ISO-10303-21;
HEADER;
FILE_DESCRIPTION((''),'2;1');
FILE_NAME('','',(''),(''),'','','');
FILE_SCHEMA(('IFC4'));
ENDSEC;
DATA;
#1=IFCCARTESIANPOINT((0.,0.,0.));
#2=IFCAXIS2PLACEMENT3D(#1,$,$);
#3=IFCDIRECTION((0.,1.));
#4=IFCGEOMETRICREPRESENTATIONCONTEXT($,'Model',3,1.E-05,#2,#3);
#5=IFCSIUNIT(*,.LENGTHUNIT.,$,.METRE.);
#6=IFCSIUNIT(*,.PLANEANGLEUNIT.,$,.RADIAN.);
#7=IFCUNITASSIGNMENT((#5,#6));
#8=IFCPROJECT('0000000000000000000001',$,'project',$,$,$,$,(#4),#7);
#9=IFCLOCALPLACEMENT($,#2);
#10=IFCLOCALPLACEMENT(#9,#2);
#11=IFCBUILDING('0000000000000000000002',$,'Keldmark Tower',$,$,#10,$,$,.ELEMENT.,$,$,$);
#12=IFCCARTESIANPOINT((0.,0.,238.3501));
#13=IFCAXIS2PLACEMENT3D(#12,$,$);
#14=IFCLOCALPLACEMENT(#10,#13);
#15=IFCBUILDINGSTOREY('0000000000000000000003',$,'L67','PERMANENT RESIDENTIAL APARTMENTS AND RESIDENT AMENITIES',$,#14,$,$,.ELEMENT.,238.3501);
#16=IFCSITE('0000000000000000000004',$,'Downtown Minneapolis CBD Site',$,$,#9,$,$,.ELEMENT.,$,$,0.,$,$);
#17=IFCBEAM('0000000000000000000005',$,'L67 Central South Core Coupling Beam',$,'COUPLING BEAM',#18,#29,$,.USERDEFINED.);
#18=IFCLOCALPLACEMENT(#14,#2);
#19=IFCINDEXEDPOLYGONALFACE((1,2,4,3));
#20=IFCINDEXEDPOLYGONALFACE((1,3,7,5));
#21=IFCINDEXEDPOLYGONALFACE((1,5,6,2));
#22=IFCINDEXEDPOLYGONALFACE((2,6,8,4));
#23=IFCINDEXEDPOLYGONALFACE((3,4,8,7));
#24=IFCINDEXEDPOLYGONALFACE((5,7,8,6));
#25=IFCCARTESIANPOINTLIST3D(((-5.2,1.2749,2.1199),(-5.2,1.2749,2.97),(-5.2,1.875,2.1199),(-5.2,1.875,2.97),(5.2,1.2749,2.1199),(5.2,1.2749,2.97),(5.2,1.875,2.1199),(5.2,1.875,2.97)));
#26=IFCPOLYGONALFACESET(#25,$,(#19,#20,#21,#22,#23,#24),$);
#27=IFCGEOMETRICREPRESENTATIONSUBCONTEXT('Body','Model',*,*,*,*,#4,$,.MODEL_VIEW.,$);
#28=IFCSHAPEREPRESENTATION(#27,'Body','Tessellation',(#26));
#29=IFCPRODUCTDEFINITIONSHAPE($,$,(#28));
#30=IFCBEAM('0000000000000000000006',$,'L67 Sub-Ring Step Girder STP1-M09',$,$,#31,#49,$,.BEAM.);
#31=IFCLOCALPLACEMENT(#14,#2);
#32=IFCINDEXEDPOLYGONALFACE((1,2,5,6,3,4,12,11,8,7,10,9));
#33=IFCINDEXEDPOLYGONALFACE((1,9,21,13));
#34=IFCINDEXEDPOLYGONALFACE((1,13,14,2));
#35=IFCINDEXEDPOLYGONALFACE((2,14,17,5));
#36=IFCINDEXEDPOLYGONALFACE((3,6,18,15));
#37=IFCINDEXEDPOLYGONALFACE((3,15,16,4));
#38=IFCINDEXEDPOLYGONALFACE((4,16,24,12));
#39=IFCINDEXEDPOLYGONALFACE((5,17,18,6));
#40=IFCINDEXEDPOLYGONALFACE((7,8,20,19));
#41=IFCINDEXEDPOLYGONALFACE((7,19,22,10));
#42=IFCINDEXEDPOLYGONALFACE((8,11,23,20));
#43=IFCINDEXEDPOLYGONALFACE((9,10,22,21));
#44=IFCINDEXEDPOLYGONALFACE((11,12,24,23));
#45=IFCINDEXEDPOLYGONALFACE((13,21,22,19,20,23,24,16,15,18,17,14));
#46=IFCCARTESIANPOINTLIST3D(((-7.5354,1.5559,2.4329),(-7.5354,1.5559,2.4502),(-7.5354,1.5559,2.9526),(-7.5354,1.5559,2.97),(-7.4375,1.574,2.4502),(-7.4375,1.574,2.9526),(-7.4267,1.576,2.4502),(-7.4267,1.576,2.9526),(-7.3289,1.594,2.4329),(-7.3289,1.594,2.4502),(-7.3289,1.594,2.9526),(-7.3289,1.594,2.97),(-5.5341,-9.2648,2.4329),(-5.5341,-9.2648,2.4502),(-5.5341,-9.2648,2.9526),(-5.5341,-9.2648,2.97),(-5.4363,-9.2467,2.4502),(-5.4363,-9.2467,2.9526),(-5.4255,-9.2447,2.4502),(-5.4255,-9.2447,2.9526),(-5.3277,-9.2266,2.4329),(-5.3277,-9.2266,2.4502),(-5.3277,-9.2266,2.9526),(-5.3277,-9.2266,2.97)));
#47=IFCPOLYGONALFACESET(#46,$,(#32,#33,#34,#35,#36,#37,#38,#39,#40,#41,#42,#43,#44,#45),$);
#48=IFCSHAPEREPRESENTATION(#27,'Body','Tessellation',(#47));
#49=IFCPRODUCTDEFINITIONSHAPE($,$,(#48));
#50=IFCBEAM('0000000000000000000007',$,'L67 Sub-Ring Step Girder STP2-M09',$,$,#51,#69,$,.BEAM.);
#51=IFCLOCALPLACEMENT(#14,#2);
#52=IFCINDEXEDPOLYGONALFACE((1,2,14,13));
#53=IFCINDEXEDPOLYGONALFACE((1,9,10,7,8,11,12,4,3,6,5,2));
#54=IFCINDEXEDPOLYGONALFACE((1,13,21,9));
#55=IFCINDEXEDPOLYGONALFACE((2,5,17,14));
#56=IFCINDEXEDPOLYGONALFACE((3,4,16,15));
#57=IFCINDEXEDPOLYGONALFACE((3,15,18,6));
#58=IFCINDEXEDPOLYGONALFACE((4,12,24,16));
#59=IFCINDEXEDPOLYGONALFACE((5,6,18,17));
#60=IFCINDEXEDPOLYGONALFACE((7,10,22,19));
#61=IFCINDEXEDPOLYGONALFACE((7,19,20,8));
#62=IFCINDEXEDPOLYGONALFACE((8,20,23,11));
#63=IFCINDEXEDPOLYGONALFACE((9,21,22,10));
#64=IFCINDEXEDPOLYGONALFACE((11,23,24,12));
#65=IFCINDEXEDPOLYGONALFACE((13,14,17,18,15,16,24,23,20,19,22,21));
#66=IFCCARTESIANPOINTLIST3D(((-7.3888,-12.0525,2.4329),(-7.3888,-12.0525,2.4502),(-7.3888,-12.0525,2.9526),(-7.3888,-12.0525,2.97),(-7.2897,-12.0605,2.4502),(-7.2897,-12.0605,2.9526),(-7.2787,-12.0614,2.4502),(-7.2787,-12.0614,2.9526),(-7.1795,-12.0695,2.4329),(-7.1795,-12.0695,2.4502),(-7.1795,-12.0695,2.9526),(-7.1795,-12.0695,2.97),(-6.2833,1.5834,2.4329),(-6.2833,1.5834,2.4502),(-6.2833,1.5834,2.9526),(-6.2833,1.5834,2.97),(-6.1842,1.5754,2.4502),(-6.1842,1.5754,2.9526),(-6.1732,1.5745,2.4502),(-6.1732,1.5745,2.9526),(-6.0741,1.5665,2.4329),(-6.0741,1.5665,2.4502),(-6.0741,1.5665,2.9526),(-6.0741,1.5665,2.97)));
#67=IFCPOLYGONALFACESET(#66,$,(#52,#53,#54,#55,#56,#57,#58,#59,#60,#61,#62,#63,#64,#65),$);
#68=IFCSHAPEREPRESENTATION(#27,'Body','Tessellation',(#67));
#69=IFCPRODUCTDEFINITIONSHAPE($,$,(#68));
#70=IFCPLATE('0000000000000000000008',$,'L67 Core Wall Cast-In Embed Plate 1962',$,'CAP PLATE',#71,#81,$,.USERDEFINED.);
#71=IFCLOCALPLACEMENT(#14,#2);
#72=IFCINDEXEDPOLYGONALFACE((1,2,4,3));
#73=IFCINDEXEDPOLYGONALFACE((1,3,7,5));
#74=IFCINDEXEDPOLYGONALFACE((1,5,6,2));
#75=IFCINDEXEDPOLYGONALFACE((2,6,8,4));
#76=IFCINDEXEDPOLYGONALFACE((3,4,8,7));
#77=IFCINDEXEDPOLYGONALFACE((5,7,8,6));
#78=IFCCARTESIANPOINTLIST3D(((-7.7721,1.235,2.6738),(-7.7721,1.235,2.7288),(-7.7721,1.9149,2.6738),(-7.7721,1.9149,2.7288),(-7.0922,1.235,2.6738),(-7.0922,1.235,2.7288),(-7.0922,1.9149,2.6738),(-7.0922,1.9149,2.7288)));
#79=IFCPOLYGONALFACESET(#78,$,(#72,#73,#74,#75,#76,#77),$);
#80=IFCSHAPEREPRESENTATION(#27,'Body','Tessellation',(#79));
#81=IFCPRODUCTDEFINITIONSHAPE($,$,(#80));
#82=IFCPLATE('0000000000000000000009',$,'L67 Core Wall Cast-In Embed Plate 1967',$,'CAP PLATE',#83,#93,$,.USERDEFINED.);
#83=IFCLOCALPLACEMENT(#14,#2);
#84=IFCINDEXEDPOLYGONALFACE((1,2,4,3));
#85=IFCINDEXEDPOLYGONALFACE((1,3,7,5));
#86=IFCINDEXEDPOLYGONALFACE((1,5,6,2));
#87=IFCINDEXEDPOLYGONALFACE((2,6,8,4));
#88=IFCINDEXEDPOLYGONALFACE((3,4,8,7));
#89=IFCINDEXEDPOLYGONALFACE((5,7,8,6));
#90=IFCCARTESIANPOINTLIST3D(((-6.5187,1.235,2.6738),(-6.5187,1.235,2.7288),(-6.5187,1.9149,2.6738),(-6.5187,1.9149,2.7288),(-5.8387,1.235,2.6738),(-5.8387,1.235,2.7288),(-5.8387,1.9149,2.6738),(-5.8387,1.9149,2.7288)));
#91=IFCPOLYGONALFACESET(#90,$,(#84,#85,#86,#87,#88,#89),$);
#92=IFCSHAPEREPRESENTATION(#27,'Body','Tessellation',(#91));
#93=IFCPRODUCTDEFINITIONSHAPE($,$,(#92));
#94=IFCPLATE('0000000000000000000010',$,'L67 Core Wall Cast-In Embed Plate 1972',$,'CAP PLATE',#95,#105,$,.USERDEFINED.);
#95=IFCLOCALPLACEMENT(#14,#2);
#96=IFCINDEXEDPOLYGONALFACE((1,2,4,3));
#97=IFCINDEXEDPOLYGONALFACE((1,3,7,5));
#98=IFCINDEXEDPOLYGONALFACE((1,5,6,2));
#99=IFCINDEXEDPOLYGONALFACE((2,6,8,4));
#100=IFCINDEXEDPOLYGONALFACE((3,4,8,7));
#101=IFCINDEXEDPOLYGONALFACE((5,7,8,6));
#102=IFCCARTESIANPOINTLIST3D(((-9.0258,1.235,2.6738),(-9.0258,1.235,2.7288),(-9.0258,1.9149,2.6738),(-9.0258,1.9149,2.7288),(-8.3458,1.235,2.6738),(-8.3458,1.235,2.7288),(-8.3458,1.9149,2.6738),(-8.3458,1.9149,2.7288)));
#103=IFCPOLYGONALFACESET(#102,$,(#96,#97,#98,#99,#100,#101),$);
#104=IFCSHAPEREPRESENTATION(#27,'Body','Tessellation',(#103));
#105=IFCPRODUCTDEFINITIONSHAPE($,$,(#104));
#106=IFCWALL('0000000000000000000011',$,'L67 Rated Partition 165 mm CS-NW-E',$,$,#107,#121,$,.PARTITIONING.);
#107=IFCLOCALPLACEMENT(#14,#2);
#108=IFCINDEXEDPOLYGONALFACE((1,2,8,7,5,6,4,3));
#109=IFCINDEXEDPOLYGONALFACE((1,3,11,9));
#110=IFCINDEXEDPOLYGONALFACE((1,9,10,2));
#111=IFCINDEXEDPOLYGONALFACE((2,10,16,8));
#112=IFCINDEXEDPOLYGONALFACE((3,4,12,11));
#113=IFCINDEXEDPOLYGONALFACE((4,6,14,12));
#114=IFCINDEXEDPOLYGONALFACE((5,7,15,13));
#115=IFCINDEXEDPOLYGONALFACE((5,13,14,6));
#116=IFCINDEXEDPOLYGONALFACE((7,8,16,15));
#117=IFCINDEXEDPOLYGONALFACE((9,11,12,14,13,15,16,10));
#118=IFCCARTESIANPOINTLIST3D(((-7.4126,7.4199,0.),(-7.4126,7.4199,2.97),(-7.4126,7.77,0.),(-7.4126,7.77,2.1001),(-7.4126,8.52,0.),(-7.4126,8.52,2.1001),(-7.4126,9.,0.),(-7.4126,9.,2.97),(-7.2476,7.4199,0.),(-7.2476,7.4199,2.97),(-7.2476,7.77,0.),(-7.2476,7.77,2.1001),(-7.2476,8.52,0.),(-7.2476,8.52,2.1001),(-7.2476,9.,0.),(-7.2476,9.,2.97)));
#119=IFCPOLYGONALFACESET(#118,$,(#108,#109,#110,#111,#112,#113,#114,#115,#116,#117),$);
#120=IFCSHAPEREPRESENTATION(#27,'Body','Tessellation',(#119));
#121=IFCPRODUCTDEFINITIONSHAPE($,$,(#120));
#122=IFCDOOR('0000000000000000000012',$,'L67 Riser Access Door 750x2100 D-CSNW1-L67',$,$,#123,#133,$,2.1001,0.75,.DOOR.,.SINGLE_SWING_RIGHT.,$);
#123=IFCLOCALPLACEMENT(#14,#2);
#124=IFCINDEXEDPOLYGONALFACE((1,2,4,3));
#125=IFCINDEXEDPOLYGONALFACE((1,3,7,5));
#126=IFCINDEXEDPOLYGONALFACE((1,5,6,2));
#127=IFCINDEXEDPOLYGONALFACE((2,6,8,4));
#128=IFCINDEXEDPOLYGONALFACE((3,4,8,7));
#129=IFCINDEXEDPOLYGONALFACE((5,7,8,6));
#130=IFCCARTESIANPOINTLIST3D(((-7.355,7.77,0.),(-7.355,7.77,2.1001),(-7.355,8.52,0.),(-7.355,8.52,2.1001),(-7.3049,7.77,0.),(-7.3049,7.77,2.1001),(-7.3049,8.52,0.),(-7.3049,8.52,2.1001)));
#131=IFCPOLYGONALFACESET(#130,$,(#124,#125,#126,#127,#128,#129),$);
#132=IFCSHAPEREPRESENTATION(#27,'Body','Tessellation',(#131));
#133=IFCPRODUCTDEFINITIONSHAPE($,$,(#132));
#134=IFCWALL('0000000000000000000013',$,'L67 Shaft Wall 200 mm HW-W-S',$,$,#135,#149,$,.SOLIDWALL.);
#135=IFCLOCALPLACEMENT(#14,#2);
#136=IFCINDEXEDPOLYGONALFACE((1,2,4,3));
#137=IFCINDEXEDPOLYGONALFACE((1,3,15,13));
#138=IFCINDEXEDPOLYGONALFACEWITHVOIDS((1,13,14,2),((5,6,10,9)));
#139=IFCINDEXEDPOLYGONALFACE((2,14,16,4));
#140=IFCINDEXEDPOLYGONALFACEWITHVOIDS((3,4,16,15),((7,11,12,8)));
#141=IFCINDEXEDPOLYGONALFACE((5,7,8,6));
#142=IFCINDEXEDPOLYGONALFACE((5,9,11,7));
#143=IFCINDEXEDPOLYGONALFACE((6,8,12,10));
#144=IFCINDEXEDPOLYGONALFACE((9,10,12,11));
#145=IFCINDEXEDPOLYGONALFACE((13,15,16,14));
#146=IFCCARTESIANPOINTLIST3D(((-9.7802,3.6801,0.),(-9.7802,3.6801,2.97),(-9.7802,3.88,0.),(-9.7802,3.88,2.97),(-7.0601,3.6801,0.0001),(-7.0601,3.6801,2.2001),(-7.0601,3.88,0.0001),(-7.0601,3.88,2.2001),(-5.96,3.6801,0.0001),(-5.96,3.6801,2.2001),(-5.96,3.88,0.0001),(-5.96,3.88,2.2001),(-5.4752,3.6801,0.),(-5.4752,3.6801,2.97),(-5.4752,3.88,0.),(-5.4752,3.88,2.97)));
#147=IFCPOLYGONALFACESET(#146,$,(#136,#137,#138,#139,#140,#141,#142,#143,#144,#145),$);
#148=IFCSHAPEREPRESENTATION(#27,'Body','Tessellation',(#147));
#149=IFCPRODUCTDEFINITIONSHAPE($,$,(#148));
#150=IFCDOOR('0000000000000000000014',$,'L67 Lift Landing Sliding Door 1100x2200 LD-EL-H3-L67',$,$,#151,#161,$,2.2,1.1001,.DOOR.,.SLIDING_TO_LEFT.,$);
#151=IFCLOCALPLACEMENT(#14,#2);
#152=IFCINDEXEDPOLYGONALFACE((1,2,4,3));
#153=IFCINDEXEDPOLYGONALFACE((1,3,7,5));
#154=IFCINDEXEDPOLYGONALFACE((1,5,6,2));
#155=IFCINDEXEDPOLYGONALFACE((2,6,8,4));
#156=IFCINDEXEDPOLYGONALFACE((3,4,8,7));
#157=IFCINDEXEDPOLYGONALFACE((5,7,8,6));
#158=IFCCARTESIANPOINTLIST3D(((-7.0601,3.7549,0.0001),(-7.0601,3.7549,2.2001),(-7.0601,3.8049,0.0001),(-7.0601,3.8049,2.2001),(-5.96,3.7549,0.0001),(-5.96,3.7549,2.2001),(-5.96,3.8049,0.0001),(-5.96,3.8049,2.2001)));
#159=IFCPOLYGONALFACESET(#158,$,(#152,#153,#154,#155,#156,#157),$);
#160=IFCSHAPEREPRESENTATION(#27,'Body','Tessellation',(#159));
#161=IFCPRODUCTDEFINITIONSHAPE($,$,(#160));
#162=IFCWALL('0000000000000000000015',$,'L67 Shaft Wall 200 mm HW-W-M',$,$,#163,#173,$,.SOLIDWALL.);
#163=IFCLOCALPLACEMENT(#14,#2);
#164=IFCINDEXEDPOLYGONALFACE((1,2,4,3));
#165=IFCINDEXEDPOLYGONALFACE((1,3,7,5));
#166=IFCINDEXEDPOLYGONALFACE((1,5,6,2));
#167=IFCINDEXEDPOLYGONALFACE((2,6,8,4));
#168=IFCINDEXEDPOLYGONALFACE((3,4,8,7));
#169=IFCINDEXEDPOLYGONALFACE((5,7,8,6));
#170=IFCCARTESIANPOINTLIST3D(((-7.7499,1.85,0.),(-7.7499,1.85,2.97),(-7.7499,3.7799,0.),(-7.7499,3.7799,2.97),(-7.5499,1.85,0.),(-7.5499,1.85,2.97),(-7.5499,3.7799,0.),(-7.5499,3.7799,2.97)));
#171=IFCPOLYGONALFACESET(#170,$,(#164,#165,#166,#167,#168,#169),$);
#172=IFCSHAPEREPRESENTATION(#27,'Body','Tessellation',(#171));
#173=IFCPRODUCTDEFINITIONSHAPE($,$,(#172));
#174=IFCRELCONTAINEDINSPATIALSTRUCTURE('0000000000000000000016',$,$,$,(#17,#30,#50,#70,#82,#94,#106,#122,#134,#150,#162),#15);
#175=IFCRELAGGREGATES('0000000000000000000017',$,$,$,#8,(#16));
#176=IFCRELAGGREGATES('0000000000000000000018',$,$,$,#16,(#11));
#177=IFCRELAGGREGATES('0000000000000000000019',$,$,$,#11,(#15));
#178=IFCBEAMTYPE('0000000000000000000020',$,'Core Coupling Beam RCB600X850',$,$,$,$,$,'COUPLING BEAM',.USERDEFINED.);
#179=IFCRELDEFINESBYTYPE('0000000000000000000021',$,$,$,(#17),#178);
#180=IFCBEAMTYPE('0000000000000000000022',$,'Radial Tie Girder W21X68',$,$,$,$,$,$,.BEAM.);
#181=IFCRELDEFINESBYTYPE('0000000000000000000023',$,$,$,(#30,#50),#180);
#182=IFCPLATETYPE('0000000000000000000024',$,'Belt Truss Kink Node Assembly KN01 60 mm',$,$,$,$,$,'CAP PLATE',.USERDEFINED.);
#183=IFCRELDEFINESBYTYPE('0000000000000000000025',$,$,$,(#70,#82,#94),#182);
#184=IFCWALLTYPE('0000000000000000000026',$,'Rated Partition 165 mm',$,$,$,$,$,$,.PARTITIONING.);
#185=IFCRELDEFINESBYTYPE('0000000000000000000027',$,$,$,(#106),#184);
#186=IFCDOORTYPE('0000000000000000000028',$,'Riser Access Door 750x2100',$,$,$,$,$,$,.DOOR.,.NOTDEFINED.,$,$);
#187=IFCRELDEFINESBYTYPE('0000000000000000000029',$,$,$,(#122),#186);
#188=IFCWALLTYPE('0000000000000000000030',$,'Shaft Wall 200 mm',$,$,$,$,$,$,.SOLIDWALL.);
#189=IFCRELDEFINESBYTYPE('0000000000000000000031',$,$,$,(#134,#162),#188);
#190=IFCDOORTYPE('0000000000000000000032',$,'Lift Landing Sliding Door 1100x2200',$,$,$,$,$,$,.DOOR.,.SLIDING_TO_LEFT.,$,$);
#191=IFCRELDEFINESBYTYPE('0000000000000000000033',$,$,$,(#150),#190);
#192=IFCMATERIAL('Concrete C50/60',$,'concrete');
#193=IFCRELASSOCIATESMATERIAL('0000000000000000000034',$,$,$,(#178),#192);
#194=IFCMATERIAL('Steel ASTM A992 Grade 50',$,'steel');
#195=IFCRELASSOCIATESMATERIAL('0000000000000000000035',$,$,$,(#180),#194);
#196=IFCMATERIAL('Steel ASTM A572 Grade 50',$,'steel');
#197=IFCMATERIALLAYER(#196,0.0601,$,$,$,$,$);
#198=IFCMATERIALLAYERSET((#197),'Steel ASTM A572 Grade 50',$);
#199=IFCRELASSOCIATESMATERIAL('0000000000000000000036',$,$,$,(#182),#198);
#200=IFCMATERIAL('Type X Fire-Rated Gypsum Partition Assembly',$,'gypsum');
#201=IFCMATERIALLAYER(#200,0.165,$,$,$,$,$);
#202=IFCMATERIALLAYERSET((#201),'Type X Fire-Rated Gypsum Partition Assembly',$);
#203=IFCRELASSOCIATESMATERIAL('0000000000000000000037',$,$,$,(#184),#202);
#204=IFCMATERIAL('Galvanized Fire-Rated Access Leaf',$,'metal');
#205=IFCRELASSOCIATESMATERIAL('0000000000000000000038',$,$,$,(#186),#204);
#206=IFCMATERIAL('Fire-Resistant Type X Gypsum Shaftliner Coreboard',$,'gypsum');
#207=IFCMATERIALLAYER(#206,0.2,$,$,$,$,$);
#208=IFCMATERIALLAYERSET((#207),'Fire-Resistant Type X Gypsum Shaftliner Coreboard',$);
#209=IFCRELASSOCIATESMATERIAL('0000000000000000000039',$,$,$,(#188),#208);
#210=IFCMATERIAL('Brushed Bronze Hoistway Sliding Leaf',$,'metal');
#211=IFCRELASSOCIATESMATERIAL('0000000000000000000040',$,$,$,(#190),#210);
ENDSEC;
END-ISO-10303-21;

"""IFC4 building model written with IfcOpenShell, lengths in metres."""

from ifc_helpers import new_model, si_unit, direction, frame, frame_2d, origin, origin_2d, place, context, subcontext, project, spatial, rectangle, i_section, extrude, material, layer, layer_set, material_profile, profile_set, type_object, element, fill, save


model = new_model("IFC4")

# Units and contexts
model_context = context("Model", 3, precision=1e-05, world=origin(), true_north=direction((0.0, 1.0)))
body_context = subcontext(model_context, "Body", "Model", "MODEL_VIEW")
ifc_project = project(units=[si_unit("LENGTHUNIT", "METRE"), si_unit("PLANEANGLEUNIT", "RADIAN")], contexts=[model_context])

# Site, building, storey
site_placement = place(None, origin())
site = spatial("IfcSite", under=ifc_project, at=site_placement, Name="Downtown Minneapolis CBD Site", CompositionType="ELEMENT", RefElevation=0.0)
building_placement = place(site_placement, origin())
building = spatial("IfcBuilding", under=site, at=building_placement, Name="Keldmark Tower", CompositionType="ELEMENT")
storey_placement = place(building_placement, frame((0.0, 0.0, 238.3501)))
storey = spatial("IfcBuildingStorey", under=building, at=storey_placement, Name="L67", Description="PERMANENT RESIDENTIAL APARTMENTS AND RESIDENT AMENITIES", CompositionType="ELEMENT", Elevation=238.3501)

# Beams
ifc_material_1 = material(Name="Concrete C50/60", Category="concrete")
ifc_material_profile_1 = material_profile(ifc_material_1, rectangle(XDim=0.6001, YDim=0.8501, at=origin_2d()), Name="RCB600X850")
ifc_profile_set_1 = profile_set([ifc_material_profile_1], Name="Concrete C50/60")
beam_type_1 = type_object("IfcBeamType", Name="Core Coupling Beam RCB600X850", ElementType="COUPLING BEAM", PredefinedType="USERDEFINED", material=ifc_profile_set_1)
beam_1_placement = place(storey_placement, frame((-5.2, 1.575, 2.5449), z_axis=(1.0, 0.0, 0.0), x_axis=(0.0, 1.0, 0.0)))
element("IfcBeam", 1, at=beam_1_placement, inside=storey, type_object=beam_type_1, Name="L67 Central South Core Coupling Beam", ObjectType="COUPLING BEAM", PredefinedType="USERDEFINED", context=body_context, shape_type="SweptSolid", body=[
    extrude(rectangle(XDim=0.6001, YDim=0.8501, at=origin_2d()), origin(), (0.0, 0.0, 1.0), 10.3999),
])
ifc_material_2 = material(Name="Steel ASTM A992 Grade 50", Category="steel")
ifc_material_profile_2 = material_profile(ifc_material_2, i_section(OverallWidth=0.21, OverallDepth=0.5371, WebThickness=0.011, FlangeThickness=0.0173, at=origin_2d()), Name="W21X68")
ifc_profile_set_2 = profile_set([ifc_material_profile_2], Name="Steel ASTM A992 Grade 50")
beam_type_2 = type_object("IfcBeamType", Name="Radial Tie Girder W21X68", PredefinedType="BEAM", material=ifc_profile_set_2)
beam_2_placement = place(storey_placement, frame((-7.4321, 1.575, 2.7014), z_axis=(0.181862, -0.983324, 0.0), x_axis=(0.983324, 0.181862, 0.0)))
element("IfcBeam", 2, at=beam_2_placement, inside=storey, type_object=beam_type_2, Name="L67 Sub-Ring Step Girder STP1-M09", PredefinedType="BEAM", context=body_context, shape_type="SweptSolid", body=[
    extrude(i_section(OverallWidth=0.21, OverallDepth=0.5371, WebThickness=0.011, FlangeThickness=0.0173, at=origin_2d()), origin(), (0.0, 0.0, 1.0), 11.0042),
])
beam_3_placement = place(storey_placement, frame((-6.1787, 1.575, 2.7014), z_axis=(-0.080805, -0.99673, 0.0), x_axis=(0.99673, -0.080805, 0.0)))
element("IfcBeam", 3, at=beam_3_placement, inside=storey, type_object=beam_type_2, Name="L67 Sub-Ring Step Girder STP2-M09", PredefinedType="BEAM", context=body_context, shape_type="SweptSolid", body=[
    extrude(i_section(OverallWidth=0.21, OverallDepth=0.5371, WebThickness=0.011, FlangeThickness=0.0173, at=origin_2d()), origin(), (0.0, 0.0, 1.0), 13.6807),
])

# Plates
ifc_material_3 = material(Name="Steel ASTM A572 Grade 50", Category="steel")
ifc_layer_1 = layer(ifc_material_3, 0.0601)
ifc_layer_set_1 = layer_set([ifc_layer_1], Name="Steel ASTM A572 Grade 50")
plate_type = type_object("IfcPlateType", Name="Belt Truss Kink Node Assembly KN01 60 mm", ElementType="CAP PLATE", PredefinedType="USERDEFINED", material=ifc_layer_set_1)
for number, where, z_axis, x_axis, name in (
    (4, (-7.4321, 1.575, 2.6738), (0.0, 0.0, 1.0), (1.0, 0.0, 0.0), "L67 Core Wall Cast-In Embed Plate 1962"),
    (5, (-6.1787, 1.575, 2.6738), (0.0, 0.0, 1.0), (1.0, 0.0, 0.0), "L67 Core Wall Cast-In Embed Plate 1967"),
    (6, (-8.6858, 1.575, 2.6738), (0.0, 0.0, 1.0), (1.0, 0.0, 0.0), "L67 Core Wall Cast-In Embed Plate 1972"),
):
    element("IfcPlate", number, at=place(storey_placement, frame(where, z_axis=z_axis, x_axis=x_axis)), inside=storey, type_object=plate_type, Name=name, ObjectType="CAP PLATE", PredefinedType="USERDEFINED", context=body_context, shape_type="SweptSolid", body=[
        extrude(rectangle(XDim=0.6799, YDim=0.6799, at=origin_2d()), origin(), (0.0, 0.0, 1.0), 0.0549),
    ])

# Walls, openings, doors
ifc_material_4 = material(Name="Type X Fire-Rated Gypsum Partition Assembly", Category="gypsum")
ifc_layer_2 = layer(ifc_material_4, 0.165)
ifc_layer_set_2 = layer_set([ifc_layer_2], Name="Type X Fire-Rated Gypsum Partition Assembly")
wall_type_1 = type_object("IfcWallType", Name="Rated Partition 165 mm", PredefinedType="PARTITIONING", material=ifc_layer_set_2)
wall_1_placement = place(storey_placement, frame((-7.3301, 7.4199, 0.0), z_axis=(0.0, 0.0, 1.0), x_axis=(0.0, 1.0, 0.0)))
wall_1 = element("IfcWall", 7, at=wall_1_placement, inside=storey, type_object=wall_type_1, Name="L67 Rated Partition 165 mm CS-NW-E", PredefinedType="PARTITIONING", context=body_context, shape_type="SweptSolid", body=[
    extrude(rectangle(XDim=1.5801, YDim=0.165, at=frame_2d((0.79, 0.0))), origin(), (0.0, 0.0, 1.0), 2.97),
])
opening_1_placement = place(wall_1_placement, frame((0.3501, 0.0, 0.0)))
opening_1 = element("IfcOpeningElement", 8, at=opening_1_placement, cuts=wall_1, PredefinedType="OPENING", context=body_context, shape_type="SweptSolid", body=[
    extrude(rectangle(XDim=0.75, YDim=2.1001, at=frame_2d((0.375, 1.05))), frame((0.0, 0.0925, 0.0), z_axis=(0.0, -1.0, 0.0), x_axis=(1.0, 0.0, 0.0)), (0.0, 0.0, 1.0), 0.1851),
])
ifc_material_5 = material(Name="Galvanized Fire-Rated Access Leaf", Category="metal")
door_type_1 = type_object("IfcDoorType", Name="Riser Access Door 750x2100", OperationType="NOTDEFINED", PredefinedType="DOOR", material=ifc_material_5)
door_1_placement = place(opening_1_placement, origin())
door_1 = element("IfcDoor", 9, at=door_1_placement, inside=storey, type_object=door_type_1, Name="L67 Riser Access Door 750x2100 D-CSNW1-L67", OperationType="SINGLE_SWING_RIGHT", OverallHeight=2.1001, OverallWidth=0.75, PredefinedType="DOOR", context=body_context, shape_type="SweptSolid", body=[
    extrude(rectangle(XDim=0.75, YDim=2.1001, at=frame_2d((0.375, 1.05))), frame((0.0, 0.0249, 0.0), z_axis=(0.0, -1.0, 0.0), x_axis=(1.0, 0.0, 0.0)), (0.0, 0.0, 1.0), 0.05),
])
fill(opening_1, door_1)
ifc_material_6 = material(Name="Fire-Resistant Type X Gypsum Shaftliner Coreboard", Category="gypsum")
ifc_layer_3 = layer(ifc_material_6, 0.2)
ifc_layer_set_3 = layer_set([ifc_layer_3], Name="Fire-Resistant Type X Gypsum Shaftliner Coreboard")
wall_type_2 = type_object("IfcWallType", Name="Shaft Wall 200 mm", PredefinedType="SOLIDWALL", material=ifc_layer_set_3)
wall_2_placement = place(storey_placement, frame((-9.78, 3.78, 0.0), z_axis=(0.0, 0.0, 1.0), x_axis=(1.0, 0.0, 0.0)))
wall_2 = element("IfcWall", 10, at=wall_2_placement, inside=storey, type_object=wall_type_2, Name="L67 Shaft Wall 200 mm HW-W-S", PredefinedType="SOLIDWALL", context=body_context, shape_type="SweptSolid", body=[
    extrude(rectangle(XDim=4.3049, YDim=0.2, at=frame_2d((2.1523, 0.0))), origin(), (0.0, 0.0, 1.0), 2.97),
])
opening_2_placement = place(wall_2_placement, frame((2.72, 0.0, 0.0)))
opening_2 = element("IfcOpeningElement", 11, at=opening_2_placement, cuts=wall_2, PredefinedType="OPENING", context=body_context, shape_type="SweptSolid", body=[
    extrude(rectangle(XDim=1.1001, YDim=2.2, at=frame_2d((0.55, 1.1001))), frame((0.0, 0.1099, 0.0), z_axis=(0.0, -1.0, 0.0), x_axis=(1.0, 0.0, 0.0)), (0.0, 0.0, 1.0), 0.22),
])
ifc_material_7 = material(Name="Brushed Bronze Hoistway Sliding Leaf", Category="metal")
door_type_2 = type_object("IfcDoorType", Name="Lift Landing Sliding Door 1100x2200", OperationType="SLIDING_TO_LEFT", PredefinedType="DOOR", material=ifc_material_7)
door_2_placement = place(opening_2_placement, origin())
door_2 = element("IfcDoor", 12, at=door_2_placement, inside=storey, type_object=door_type_2, Name="L67 Lift Landing Sliding Door 1100x2200 LD-EL-H3-L67", OperationType="SLIDING_TO_LEFT", OverallHeight=2.2, OverallWidth=1.1001, PredefinedType="DOOR", context=body_context, shape_type="SweptSolid", body=[
    extrude(rectangle(XDim=1.1001, YDim=2.2, at=frame_2d((0.55, 1.1001))), frame((0.0, 0.0249, 0.0), z_axis=(0.0, -1.0, 0.0), x_axis=(1.0, 0.0, 0.0)), (0.0, 0.0, 1.0), 0.05),
])
fill(opening_2, door_2)

# Wall
wall_3_placement = place(storey_placement, frame((-7.6499, 1.8501, 0.0), z_axis=(0.0, 0.0, 1.0), x_axis=(0.0, 1.0, 0.0)))
element("IfcWall", 13, at=wall_3_placement, inside=storey, type_object=wall_type_2, Name="L67 Shaft Wall 200 mm HW-W-M", PredefinedType="SOLIDWALL", context=body_context, shape_type="SweptSolid", body=[
    extrude(rectangle(XDim=1.9299, YDim=0.2, at=frame_2d((0.9648, 0.0))), origin(), (0.0, 0.0, 1.0), 2.97),
])

save(model, "model.ifc")
